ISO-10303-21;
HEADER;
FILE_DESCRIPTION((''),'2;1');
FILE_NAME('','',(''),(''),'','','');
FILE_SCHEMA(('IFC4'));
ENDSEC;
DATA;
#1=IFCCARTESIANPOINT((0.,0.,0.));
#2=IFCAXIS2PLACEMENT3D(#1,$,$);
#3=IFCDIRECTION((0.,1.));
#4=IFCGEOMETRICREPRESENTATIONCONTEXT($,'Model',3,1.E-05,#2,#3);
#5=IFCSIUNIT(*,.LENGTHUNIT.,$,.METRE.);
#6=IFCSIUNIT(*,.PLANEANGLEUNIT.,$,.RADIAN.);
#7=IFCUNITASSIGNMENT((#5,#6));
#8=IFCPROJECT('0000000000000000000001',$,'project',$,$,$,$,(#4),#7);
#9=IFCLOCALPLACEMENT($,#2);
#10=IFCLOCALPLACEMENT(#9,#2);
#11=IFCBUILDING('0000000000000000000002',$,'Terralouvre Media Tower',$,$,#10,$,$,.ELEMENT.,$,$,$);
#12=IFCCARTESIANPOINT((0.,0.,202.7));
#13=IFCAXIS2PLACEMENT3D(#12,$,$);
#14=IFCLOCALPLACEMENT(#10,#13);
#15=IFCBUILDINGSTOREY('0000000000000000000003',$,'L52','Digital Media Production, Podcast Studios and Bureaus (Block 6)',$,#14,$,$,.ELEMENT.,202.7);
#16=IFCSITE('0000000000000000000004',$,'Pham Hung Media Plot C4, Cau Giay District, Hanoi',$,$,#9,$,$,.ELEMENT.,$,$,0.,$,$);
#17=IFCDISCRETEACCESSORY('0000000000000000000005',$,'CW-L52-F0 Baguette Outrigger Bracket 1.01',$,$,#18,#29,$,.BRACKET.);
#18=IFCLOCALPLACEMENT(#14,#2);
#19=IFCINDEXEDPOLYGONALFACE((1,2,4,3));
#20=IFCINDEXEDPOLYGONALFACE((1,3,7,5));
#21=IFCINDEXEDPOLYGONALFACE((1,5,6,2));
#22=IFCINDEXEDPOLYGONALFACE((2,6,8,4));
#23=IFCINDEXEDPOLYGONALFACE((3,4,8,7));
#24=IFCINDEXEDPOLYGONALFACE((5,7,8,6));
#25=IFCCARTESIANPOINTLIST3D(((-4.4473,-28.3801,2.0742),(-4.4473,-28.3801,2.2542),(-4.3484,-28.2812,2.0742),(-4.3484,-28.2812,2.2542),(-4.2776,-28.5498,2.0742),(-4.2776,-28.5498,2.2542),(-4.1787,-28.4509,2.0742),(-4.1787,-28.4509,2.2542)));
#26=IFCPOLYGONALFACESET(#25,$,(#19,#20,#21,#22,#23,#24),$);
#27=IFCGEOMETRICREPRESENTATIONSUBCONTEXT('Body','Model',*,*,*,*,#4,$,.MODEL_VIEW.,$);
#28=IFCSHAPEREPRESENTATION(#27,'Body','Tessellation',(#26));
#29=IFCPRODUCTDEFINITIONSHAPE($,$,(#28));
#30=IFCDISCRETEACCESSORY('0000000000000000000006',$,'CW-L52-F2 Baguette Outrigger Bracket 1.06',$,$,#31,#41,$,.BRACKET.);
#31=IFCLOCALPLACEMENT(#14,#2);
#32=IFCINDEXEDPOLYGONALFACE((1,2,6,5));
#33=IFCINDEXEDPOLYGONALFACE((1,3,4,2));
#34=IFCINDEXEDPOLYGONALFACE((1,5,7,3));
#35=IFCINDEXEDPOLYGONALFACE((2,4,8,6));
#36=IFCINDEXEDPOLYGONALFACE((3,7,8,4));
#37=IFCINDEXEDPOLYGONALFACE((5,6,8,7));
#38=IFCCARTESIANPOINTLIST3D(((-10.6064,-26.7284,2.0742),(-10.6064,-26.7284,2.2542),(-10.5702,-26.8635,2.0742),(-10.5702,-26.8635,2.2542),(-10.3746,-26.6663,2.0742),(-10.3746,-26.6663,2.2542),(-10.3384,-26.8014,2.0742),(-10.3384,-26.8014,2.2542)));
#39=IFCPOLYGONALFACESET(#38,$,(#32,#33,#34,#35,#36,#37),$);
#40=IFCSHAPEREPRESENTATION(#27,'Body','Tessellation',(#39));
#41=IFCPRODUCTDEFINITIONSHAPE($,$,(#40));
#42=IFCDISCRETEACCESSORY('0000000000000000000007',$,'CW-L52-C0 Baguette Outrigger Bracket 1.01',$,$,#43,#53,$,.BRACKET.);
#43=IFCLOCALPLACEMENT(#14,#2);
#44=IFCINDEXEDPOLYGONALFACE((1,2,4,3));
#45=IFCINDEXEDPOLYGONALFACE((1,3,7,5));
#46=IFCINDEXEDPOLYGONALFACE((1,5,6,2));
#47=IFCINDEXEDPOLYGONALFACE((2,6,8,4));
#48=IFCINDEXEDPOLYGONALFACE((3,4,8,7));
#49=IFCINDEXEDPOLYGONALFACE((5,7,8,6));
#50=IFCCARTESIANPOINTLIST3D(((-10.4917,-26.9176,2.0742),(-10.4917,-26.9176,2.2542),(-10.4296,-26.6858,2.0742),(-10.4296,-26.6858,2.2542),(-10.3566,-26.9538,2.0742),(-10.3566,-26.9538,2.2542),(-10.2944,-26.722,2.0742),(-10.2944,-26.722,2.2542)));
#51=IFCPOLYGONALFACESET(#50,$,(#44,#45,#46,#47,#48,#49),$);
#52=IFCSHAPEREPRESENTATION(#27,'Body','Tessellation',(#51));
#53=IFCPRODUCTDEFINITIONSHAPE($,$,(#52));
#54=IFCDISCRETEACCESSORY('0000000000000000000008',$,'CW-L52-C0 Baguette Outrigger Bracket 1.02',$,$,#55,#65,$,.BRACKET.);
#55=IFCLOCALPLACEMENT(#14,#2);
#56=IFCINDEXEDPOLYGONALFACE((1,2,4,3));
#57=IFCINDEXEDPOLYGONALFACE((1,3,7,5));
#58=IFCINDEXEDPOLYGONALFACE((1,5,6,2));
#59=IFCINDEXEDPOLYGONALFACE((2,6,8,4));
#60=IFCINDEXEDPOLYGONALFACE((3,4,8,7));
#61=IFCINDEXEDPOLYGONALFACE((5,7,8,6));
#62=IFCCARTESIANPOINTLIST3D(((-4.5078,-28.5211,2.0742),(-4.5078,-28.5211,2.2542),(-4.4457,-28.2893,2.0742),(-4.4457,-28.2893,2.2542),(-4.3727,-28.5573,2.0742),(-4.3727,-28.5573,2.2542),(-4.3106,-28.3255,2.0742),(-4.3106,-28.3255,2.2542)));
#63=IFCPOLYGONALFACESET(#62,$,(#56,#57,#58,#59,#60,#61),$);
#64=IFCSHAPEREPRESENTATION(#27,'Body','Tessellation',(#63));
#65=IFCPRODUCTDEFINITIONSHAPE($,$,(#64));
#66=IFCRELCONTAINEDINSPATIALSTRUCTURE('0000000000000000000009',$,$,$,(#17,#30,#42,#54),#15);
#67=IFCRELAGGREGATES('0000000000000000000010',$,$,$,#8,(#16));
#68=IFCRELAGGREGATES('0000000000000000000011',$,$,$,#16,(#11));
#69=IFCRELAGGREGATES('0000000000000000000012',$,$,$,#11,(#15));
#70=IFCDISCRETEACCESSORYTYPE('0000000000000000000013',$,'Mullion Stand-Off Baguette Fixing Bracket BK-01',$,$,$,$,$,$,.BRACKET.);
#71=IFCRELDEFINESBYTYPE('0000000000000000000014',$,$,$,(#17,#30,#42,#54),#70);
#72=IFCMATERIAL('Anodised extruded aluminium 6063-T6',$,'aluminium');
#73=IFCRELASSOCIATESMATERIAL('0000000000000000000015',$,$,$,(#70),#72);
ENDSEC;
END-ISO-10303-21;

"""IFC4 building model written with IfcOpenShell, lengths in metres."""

from ifc_helpers import new_model, si_unit, direction, frame, origin, origin_2d, place, context, subcontext, project, spatial, rectangle, extrude, material, type_object, element, save


model = new_model("IFC4")

# Units and contexts
model_context = context("Model", 3, precision=1e-05, world=origin(), true_north=direction((0.0, 1.0)))
body_context = subcontext(model_context, "Body", "Model", "MODEL_VIEW")
ifc_project = project(units=[si_unit("LENGTHUNIT", "METRE"), si_unit("PLANEANGLEUNIT", "RADIAN")], contexts=[model_context])

# Site, building, storey
site_placement = place(None, origin())
site = spatial("IfcSite", under=ifc_project, at=site_placement, Name="Pham Hung Media Plot C4, Cau Giay District, Hanoi", CompositionType="ELEMENT", RefElevation=0.0)
building_placement = place(site_placement, origin())
building = spatial("IfcBuilding", under=site, at=building_placement, Name="Terralouvre Media Tower", CompositionType="ELEMENT")
storey_placement = place(building_placement, frame((0.0, 0.0, 202.7)))
storey = spatial("IfcBuildingStorey", under=building, at=storey_placement, Name="L52", Description="Digital Media Production, Podcast Studios and Bureaus (Block 6)", CompositionType="ELEMENT", Elevation=202.7)

# Discrete accessories
ifc_material_1 = material(Name="Anodised extruded aluminium 6063-T6", Category="aluminium")
discrete_accessory_type = type_object("IfcDiscreteAccessoryType", Name="Mullion Stand-Off Baguette Fixing Bracket BK-01", PredefinedType="BRACKET", material=ifc_material_1)
for number, where, z_axis, x_axis, name in (
    (1, (-4.313, -28.4155, 2.0742), (0.0, 0.0, 1.0), (0.707107, 0.707107, 0.0), "CW-L52-F0 Baguette Outrigger Bracket 1.01"),
    (2, (-10.4724, -26.7649, 2.0742), (0.0, 0.0, 1.0), (0.258819, -0.965926, 0.0), "CW-L52-F2 Baguette Outrigger Bracket 1.06"),
    (3, (-10.3931, -26.8198, 2.0742), (0.0, 0.0, 1.0), (0.965926, -0.258819, 0.0), "CW-L52-C0 Baguette Outrigger Bracket 1.01"),
    (4, (-4.4092, -28.4233, 2.0742), (0.0, 0.0, 1.0), (0.965926, -0.258819, 0.0), "CW-L52-C0 Baguette Outrigger Bracket 1.02"),
):
    element("IfcDiscreteAccessory", number, at=place(storey_placement, frame(where, z_axis=z_axis, x_axis=x_axis)), inside=storey, type_object=discrete_accessory_type, Name=name, PredefinedType="BRACKET", context=body_context, shape_type="SweptSolid", body=[
        extrude(rectangle(XDim=0.1399, YDim=0.24, at=origin_2d()), origin(), (0.0, 0.0, 1.0), 0.1799),
    ])

save(model, "model.ifc")
